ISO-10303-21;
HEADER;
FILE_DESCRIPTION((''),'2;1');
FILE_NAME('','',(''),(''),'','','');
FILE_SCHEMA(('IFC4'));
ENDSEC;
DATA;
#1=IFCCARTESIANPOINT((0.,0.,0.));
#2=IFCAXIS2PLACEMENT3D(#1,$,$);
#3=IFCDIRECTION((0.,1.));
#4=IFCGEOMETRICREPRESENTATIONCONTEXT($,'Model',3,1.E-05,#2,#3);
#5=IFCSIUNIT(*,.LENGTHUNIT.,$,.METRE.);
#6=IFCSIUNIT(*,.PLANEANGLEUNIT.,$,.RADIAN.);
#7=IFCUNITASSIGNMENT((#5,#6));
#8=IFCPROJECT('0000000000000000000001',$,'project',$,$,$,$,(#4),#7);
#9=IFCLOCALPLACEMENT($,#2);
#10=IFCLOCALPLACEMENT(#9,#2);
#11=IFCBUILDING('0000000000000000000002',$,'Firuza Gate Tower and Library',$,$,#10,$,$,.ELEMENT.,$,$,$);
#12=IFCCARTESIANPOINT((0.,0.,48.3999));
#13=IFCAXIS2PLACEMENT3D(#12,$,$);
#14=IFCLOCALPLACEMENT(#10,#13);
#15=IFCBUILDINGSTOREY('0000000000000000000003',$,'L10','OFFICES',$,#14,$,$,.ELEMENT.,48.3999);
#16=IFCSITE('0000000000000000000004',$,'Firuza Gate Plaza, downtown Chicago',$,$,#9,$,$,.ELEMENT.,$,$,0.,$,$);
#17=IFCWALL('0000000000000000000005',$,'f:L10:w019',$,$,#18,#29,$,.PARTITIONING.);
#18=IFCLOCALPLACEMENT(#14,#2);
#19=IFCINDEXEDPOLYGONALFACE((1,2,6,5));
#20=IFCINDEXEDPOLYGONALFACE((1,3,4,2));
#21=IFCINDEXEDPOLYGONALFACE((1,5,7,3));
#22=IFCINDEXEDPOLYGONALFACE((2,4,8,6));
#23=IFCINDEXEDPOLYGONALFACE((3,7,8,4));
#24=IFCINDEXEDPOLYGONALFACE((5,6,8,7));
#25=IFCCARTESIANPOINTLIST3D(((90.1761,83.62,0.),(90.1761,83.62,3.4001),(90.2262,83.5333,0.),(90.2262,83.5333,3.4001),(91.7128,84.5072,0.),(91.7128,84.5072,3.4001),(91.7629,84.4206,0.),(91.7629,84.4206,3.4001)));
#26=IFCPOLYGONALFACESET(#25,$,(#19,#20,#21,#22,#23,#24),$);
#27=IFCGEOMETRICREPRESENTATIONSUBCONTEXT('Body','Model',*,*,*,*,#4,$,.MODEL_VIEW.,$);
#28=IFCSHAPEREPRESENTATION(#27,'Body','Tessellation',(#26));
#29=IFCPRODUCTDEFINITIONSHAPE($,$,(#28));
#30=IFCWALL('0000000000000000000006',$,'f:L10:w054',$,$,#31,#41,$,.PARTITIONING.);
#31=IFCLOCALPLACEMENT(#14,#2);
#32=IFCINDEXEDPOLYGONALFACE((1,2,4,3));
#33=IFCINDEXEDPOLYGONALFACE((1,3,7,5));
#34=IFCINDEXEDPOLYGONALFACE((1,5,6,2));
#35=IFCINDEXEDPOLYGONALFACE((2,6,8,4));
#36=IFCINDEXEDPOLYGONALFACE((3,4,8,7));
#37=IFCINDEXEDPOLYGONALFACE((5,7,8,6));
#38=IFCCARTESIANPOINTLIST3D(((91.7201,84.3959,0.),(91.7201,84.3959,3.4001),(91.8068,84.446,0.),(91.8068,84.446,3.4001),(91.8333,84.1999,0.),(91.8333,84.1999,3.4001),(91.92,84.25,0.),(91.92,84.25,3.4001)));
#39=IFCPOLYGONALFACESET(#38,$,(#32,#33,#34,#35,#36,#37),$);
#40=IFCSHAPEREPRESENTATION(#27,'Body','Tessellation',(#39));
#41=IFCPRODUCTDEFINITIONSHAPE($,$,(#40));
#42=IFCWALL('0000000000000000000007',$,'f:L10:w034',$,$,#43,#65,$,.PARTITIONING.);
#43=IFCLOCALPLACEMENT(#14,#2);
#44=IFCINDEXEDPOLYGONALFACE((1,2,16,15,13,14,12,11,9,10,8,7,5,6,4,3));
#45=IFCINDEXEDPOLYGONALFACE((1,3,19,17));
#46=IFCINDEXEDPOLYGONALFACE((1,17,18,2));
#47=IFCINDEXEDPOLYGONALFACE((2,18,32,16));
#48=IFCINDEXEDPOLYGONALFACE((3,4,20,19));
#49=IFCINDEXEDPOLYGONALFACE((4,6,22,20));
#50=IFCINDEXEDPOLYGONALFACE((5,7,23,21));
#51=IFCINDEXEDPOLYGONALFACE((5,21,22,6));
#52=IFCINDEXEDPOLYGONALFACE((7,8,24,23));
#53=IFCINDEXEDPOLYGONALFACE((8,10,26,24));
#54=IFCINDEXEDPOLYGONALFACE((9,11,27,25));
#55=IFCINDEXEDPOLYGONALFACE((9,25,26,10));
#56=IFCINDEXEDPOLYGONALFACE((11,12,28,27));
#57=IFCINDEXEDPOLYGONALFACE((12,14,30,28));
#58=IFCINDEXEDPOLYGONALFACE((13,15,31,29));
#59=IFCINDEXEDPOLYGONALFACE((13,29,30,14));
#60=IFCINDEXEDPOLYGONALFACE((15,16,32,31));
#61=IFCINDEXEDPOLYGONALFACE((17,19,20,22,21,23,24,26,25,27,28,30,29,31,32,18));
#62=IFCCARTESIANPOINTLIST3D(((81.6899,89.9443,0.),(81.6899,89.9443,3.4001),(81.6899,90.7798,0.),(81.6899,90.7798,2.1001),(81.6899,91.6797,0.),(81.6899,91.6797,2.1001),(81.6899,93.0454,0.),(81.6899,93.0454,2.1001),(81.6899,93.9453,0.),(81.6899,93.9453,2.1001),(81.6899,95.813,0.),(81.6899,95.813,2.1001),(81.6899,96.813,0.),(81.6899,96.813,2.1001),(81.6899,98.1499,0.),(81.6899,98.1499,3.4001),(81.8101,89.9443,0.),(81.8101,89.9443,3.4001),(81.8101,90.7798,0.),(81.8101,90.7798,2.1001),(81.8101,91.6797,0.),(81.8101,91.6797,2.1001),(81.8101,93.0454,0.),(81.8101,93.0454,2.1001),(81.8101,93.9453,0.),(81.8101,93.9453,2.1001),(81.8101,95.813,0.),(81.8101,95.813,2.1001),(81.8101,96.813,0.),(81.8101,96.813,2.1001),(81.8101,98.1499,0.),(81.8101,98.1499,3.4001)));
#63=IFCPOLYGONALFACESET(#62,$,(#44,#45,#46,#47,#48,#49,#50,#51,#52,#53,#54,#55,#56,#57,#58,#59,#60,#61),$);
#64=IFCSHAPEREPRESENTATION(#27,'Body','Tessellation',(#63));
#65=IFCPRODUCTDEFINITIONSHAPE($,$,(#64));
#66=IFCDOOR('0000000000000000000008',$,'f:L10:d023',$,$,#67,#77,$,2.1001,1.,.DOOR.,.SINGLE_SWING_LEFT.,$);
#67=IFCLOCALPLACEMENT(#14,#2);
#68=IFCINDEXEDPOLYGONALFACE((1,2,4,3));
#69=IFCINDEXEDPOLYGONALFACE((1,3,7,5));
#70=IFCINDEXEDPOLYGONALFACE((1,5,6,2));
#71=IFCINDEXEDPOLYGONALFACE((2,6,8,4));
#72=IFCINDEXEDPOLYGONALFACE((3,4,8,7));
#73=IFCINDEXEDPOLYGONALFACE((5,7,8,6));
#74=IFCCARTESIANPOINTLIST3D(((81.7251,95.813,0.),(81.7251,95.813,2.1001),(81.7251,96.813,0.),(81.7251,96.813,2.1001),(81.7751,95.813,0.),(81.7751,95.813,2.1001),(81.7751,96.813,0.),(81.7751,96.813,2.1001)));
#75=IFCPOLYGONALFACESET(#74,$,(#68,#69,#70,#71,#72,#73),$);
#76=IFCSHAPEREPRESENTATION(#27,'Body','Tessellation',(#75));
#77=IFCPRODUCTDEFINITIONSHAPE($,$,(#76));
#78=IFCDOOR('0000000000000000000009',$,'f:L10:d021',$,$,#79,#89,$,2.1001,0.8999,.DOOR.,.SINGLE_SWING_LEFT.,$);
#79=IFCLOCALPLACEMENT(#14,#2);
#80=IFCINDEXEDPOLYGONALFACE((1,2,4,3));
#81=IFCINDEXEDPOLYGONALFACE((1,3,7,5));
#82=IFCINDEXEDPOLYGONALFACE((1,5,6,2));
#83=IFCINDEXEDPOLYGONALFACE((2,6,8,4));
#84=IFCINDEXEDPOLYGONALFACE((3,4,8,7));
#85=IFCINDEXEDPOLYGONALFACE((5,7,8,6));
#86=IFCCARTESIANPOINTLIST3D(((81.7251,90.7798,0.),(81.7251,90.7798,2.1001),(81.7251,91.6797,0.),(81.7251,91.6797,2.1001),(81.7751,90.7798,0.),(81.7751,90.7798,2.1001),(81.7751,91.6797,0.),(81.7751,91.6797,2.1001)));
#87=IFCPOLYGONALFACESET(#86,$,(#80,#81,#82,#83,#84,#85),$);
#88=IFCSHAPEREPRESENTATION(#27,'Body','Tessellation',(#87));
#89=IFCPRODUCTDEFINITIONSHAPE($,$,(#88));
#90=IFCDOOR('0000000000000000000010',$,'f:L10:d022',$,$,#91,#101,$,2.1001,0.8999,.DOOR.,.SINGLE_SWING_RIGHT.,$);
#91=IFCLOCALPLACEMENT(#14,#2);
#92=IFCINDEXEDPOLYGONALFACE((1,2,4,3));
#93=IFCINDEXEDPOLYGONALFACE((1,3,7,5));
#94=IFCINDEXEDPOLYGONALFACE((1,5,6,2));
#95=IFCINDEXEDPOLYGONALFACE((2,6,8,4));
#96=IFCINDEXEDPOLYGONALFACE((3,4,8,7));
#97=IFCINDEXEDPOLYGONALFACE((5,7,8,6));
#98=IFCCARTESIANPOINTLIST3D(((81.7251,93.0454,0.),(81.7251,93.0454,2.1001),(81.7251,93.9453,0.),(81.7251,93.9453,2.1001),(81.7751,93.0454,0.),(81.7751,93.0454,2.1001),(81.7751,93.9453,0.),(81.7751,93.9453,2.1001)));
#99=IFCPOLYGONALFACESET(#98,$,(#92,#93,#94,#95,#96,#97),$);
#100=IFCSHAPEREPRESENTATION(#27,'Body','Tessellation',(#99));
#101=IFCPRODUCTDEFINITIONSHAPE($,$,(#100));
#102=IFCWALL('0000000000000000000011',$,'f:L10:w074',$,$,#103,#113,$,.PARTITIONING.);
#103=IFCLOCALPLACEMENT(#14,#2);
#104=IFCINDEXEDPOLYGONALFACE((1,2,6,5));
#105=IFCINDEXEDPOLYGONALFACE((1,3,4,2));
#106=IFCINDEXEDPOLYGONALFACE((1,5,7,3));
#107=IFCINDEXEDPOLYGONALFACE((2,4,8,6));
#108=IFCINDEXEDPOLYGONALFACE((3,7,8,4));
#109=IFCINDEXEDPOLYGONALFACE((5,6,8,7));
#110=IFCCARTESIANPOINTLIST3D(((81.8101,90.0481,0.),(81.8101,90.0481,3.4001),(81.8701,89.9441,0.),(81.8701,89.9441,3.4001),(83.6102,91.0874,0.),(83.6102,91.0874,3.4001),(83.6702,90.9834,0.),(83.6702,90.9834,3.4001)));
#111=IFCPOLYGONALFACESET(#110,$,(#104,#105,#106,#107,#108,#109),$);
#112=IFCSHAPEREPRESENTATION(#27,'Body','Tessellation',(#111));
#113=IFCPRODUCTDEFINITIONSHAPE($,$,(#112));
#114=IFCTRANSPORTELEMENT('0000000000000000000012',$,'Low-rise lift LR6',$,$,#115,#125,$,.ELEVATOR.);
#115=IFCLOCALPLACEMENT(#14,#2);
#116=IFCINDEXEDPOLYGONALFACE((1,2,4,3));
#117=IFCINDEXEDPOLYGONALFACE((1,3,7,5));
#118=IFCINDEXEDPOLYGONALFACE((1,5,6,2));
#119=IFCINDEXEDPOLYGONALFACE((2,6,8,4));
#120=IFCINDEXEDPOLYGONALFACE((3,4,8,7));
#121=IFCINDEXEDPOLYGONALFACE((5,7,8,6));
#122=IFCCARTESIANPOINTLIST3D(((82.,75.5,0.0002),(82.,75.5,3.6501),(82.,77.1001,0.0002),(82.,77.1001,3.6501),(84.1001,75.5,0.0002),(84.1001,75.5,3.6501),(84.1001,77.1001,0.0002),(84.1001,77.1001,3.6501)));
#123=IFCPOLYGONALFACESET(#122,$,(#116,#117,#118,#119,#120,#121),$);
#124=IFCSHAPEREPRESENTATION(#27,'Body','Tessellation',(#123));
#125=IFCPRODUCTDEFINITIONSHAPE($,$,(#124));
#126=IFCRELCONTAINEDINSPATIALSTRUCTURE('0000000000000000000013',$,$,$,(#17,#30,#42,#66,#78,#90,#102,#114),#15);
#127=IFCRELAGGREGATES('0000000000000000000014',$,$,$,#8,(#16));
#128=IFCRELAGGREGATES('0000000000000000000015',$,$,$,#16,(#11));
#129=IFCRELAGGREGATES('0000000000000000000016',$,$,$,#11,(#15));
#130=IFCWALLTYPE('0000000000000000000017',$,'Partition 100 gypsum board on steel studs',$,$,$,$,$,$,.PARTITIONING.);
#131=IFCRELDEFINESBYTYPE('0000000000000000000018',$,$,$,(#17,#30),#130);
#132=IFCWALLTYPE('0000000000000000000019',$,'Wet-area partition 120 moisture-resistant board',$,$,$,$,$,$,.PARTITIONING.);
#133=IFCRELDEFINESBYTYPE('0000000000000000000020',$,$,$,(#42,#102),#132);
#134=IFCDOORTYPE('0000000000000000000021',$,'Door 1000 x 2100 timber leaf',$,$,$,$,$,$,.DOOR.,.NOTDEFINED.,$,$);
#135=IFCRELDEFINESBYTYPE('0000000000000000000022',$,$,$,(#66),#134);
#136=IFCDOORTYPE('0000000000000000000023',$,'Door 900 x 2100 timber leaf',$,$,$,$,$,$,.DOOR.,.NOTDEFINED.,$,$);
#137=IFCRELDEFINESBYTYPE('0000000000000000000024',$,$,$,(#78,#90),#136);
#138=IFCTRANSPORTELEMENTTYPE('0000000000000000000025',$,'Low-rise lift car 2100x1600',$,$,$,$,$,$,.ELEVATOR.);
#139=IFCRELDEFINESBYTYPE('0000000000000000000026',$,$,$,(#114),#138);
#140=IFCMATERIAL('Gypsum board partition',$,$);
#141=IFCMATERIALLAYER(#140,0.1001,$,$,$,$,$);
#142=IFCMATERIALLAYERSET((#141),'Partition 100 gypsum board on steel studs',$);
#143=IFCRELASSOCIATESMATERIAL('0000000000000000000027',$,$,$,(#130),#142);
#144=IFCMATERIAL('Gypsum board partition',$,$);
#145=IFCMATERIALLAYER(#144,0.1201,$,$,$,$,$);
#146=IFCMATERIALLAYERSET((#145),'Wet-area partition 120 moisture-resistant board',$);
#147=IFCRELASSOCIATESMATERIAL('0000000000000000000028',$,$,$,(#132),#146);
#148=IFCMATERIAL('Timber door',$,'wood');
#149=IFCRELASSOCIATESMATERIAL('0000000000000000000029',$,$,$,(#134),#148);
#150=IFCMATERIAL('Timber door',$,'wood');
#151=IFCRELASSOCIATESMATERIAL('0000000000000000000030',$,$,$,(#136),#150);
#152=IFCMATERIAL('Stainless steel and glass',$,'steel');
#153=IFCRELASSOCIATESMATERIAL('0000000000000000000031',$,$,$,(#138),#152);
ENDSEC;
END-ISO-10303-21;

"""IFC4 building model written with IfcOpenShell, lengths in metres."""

from ifc_helpers import new_model, si_unit, direction, frame, frame_2d, origin, origin_2d, place, context, subcontext, project, spatial, rectangle, extrude, material, layer, layer_set, type_object, element, fill, save


model = new_model("IFC4")

# Units and contexts
model_context = context("Model", 3, precision=1e-05, world=origin(), true_north=direction((0.0, 1.0)))
body_context = subcontext(model_context, "Body", "Model", "MODEL_VIEW")
ifc_project = project(units=[si_unit("LENGTHUNIT", "METRE"), si_unit("PLANEANGLEUNIT", "RADIAN")], contexts=[model_context])

# Site, building, storey
site_placement = place(None, origin())
site = spatial("IfcSite", under=ifc_project, at=site_placement, Name="Firuza Gate Plaza, downtown Chicago", CompositionType="ELEMENT", RefElevation=0.0)
building_placement = place(site_placement, origin())
building = spatial("IfcBuilding", under=site, at=building_placement, Name="Firuza Gate Tower and Library", CompositionType="ELEMENT")
storey_placement = place(building_placement, frame((0.0, 0.0, 48.3999)))
storey = spatial("IfcBuildingStorey", under=building, at=storey_placement, Name="L10", Description="OFFICES", CompositionType="ELEMENT", Elevation=48.3999)

# Walls
ifc_material_1 = material(Name="Gypsum board partition")
ifc_layer_1 = layer(ifc_material_1, 0.1001)
ifc_layer_set_1 = layer_set([ifc_layer_1], Name="Partition 100 gypsum board on steel studs")
wall_type_1 = type_object("IfcWallType", Name="Partition 100 gypsum board on steel studs", PredefinedType="PARTITIONING", material=ifc_layer_set_1)
wall_1_placement = place(storey_placement, frame((90.2012, 83.5767, 0.0), z_axis=(0.0, 0.0, 1.0), x_axis=(0.866016, 0.500016, 0.0)))
element("IfcWall", 1, at=wall_1_placement, inside=storey, type_object=wall_type_1, Name="f:L10:w019", PredefinedType="PARTITIONING", context=body_context, shape_type="SweptSolid", body=[
    extrude(rectangle(XDim=1.7744, YDim=0.1001, at=frame_2d((0.8872, 0.0))), origin(), (0.0, 0.0, 1.0), 3.4001),
])
wall_2_placement = place(storey_placement, frame((91.8767, 84.2249, 0.0), z_axis=(0.0, 0.0, 1.0), x_axis=(-0.500314, 0.865844, 0.0)))
element("IfcWall", 2, at=wall_2_placement, inside=storey, type_object=wall_type_1, Name="f:L10:w054", PredefinedType="PARTITIONING", context=body_context, shape_type="SweptSolid", body=[
    extrude(rectangle(XDim=0.2263, YDim=0.1001, at=frame_2d((0.1133, 0.0))), origin(), (0.0, 0.0, 1.0), 3.4001),
])

# Wall, openings, doors
ifc_material_2 = material(Name="Gypsum board partition")
ifc_layer_2 = layer(ifc_material_2, 0.1201)
ifc_layer_set_2 = layer_set([ifc_layer_2], Name="Wet-area partition 120 moisture-resistant board")
wall_type_2 = type_object("IfcWallType", Name="Wet-area partition 120 moisture-resistant board", PredefinedType="PARTITIONING", material=ifc_layer_set_2)
wall_3_placement = place(storey_placement, frame((81.75, 89.9443, 0.0), z_axis=(0.0, 0.0, 1.0), x_axis=(0.0, 1.0, 0.0)))
wall_3 = element("IfcWall", 3, at=wall_3_placement, inside=storey, type_object=wall_type_2, Name="f:L10:w034", PredefinedType="PARTITIONING", context=body_context, shape_type="SweptSolid", body=[
    extrude(rectangle(XDim=8.2056, YDim=0.1201, at=frame_2d((4.1028, 0.0))), origin(), (0.0, 0.0, 1.0), 3.4001),
])
opening_1_placement = place(wall_3_placement, frame((0.8354, 0.0, 0.0)))
opening_1 = element("IfcOpeningElement", 4, at=opening_1_placement, cuts=wall_3, PredefinedType="OPENING", context=body_context, shape_type="SweptSolid", body=[
    extrude(rectangle(XDim=0.8999, YDim=2.1001, at=frame_2d((0.45, 1.05))), frame((0.0, 0.0701, 0.0), z_axis=(0.0, -1.0, 0.0), x_axis=(1.0, 0.0, 0.0)), (0.0, 0.0, 1.0), 0.1401),
])
opening_2_placement = place(wall_3_placement, frame((3.1011, 0.0, 0.0)))
opening_2 = element("IfcOpeningElement", 5, at=opening_2_placement, cuts=wall_3, PredefinedType="OPENING", context=body_context, shape_type="SweptSolid", body=[
    extrude(rectangle(XDim=0.8999, YDim=2.1001, at=frame_2d((0.45, 1.05))), frame((0.0, 0.0701, 0.0), z_axis=(0.0, -1.0, 0.0), x_axis=(1.0, 0.0, 0.0)), (0.0, 0.0, 1.0), 0.1401),
])
opening_3_placement = place(wall_3_placement, frame((5.8687, 0.0, 0.0)))
opening_3 = element("IfcOpeningElement", 6, at=opening_3_placement, cuts=wall_3, PredefinedType="OPENING", context=body_context, shape_type="SweptSolid", body=[
    extrude(rectangle(XDim=1.0, YDim=2.1001, at=frame_2d((0.5, 1.05))), frame((0.0, 0.0701, 0.0), z_axis=(0.0, -1.0, 0.0), x_axis=(1.0, 0.0, 0.0)), (0.0, 0.0, 1.0), 0.1401),
])
ifc_material_3 = material(Name="Timber door", Category="wood")
door_type_1 = type_object("IfcDoorType", Name="Door 1000 x 2100 timber leaf", OperationType="NOTDEFINED", PredefinedType="DOOR", material=ifc_material_3)
door_1_placement = place(opening_3_placement, origin())
door_1 = element("IfcDoor", 7, at=door_1_placement, inside=storey, type_object=door_type_1, Name="f:L10:d023", OperationType="SINGLE_SWING_LEFT", OverallHeight=2.1001, OverallWidth=1.0, PredefinedType="DOOR", context=body_context, shape_type="SweptSolid", body=[
    extrude(rectangle(XDim=1.0, YDim=2.1001, at=frame_2d((0.5, 1.05))), frame((0.0, 0.0249, 0.0), z_axis=(0.0, -1.0, 0.0), x_axis=(1.0, 0.0, 0.0)), (0.0, 0.0, 1.0), 0.05),
])
fill(opening_3, door_1)
ifc_material_4 = material(Name="Timber door", Category="wood")
door_type_2 = type_object("IfcDoorType", Name="Door 900 x 2100 timber leaf", OperationType="NOTDEFINED", PredefinedType="DOOR", material=ifc_material_4)
door_2_placement = place(opening_1_placement, origin())
door_2 = element("IfcDoor", 8, at=door_2_placement, inside=storey, type_object=door_type_2, Name="f:L10:d021", OperationType="SINGLE_SWING_LEFT", OverallHeight=2.1001, OverallWidth=0.8999, PredefinedType="DOOR", context=body_context, shape_type="SweptSolid", body=[
    extrude(rectangle(XDim=0.8999, YDim=2.1001, at=frame_2d((0.45, 1.05))), frame((0.0, 0.0249, 0.0), z_axis=(0.0, -1.0, 0.0), x_axis=(1.0, 0.0, 0.0)), (0.0, 0.0, 1.0), 0.05),
])
fill(opening_1, door_2)
door_3_placement = place(opening_2_placement, origin())
door_3 = element("IfcDoor", 9, at=door_3_placement, inside=storey, type_object=door_type_2, Name="f:L10:d022", OperationType="SINGLE_SWING_RIGHT", OverallHeight=2.1001, OverallWidth=0.8999, PredefinedType="DOOR", context=body_context, shape_type="SweptSolid", body=[
    extrude(rectangle(XDim=0.8999, YDim=2.1001, at=frame_2d((0.45, 1.05))), frame((0.0, 0.0249, 0.0), z_axis=(0.0, -1.0, 0.0), x_axis=(1.0, 0.0, 0.0)), (0.0, 0.0, 1.0), 0.05),
])
fill(opening_2, door_3)

# Wall
wall_4_placement = place(storey_placement, frame((81.8401, 89.9961, 0.0), z_axis=(0.0, 0.0, 1.0), x_axis=(0.866015, 0.500017, 0.0)))
element("IfcWall", 10, at=wall_4_placement, inside=storey, type_object=wall_type_2, Name="f:L10:w074", PredefinedType="PARTITIONING", context=body_context, shape_type="SweptSolid", body=[
    extrude(rectangle(XDim=2.0786, YDim=0.1201, at=frame_2d((1.0393, 0.0))), origin(), (0.0, 0.0, 1.0), 3.4001),
])

# Transport element
ifc_material_5 = material(Name="Stainless steel and glass", Category="steel")
transport_element_type = type_object("IfcTransportElementType", Name="Low-rise lift car 2100x1600", PredefinedType="ELEVATOR", material=ifc_material_5)
transport_element_placement = place(storey_placement, frame((83.05, 76.3, 0.0002), z_axis=(0.0, 0.0, 1.0), x_axis=(1.0, 0.0, 0.0)))
element("IfcTransportElement", 11, at=transport_element_placement, inside=storey, type_object=transport_element_type, Name="Low-rise lift LR6", PredefinedType="ELEVATOR", context=body_context, shape_type="SweptSolid", body=[
    extrude(rectangle(XDim=2.1001, YDim=1.6001, at=origin_2d()), origin(), (0.0, 0.0, 1.0), 3.6499),
])

save(model, "model.ifc")
